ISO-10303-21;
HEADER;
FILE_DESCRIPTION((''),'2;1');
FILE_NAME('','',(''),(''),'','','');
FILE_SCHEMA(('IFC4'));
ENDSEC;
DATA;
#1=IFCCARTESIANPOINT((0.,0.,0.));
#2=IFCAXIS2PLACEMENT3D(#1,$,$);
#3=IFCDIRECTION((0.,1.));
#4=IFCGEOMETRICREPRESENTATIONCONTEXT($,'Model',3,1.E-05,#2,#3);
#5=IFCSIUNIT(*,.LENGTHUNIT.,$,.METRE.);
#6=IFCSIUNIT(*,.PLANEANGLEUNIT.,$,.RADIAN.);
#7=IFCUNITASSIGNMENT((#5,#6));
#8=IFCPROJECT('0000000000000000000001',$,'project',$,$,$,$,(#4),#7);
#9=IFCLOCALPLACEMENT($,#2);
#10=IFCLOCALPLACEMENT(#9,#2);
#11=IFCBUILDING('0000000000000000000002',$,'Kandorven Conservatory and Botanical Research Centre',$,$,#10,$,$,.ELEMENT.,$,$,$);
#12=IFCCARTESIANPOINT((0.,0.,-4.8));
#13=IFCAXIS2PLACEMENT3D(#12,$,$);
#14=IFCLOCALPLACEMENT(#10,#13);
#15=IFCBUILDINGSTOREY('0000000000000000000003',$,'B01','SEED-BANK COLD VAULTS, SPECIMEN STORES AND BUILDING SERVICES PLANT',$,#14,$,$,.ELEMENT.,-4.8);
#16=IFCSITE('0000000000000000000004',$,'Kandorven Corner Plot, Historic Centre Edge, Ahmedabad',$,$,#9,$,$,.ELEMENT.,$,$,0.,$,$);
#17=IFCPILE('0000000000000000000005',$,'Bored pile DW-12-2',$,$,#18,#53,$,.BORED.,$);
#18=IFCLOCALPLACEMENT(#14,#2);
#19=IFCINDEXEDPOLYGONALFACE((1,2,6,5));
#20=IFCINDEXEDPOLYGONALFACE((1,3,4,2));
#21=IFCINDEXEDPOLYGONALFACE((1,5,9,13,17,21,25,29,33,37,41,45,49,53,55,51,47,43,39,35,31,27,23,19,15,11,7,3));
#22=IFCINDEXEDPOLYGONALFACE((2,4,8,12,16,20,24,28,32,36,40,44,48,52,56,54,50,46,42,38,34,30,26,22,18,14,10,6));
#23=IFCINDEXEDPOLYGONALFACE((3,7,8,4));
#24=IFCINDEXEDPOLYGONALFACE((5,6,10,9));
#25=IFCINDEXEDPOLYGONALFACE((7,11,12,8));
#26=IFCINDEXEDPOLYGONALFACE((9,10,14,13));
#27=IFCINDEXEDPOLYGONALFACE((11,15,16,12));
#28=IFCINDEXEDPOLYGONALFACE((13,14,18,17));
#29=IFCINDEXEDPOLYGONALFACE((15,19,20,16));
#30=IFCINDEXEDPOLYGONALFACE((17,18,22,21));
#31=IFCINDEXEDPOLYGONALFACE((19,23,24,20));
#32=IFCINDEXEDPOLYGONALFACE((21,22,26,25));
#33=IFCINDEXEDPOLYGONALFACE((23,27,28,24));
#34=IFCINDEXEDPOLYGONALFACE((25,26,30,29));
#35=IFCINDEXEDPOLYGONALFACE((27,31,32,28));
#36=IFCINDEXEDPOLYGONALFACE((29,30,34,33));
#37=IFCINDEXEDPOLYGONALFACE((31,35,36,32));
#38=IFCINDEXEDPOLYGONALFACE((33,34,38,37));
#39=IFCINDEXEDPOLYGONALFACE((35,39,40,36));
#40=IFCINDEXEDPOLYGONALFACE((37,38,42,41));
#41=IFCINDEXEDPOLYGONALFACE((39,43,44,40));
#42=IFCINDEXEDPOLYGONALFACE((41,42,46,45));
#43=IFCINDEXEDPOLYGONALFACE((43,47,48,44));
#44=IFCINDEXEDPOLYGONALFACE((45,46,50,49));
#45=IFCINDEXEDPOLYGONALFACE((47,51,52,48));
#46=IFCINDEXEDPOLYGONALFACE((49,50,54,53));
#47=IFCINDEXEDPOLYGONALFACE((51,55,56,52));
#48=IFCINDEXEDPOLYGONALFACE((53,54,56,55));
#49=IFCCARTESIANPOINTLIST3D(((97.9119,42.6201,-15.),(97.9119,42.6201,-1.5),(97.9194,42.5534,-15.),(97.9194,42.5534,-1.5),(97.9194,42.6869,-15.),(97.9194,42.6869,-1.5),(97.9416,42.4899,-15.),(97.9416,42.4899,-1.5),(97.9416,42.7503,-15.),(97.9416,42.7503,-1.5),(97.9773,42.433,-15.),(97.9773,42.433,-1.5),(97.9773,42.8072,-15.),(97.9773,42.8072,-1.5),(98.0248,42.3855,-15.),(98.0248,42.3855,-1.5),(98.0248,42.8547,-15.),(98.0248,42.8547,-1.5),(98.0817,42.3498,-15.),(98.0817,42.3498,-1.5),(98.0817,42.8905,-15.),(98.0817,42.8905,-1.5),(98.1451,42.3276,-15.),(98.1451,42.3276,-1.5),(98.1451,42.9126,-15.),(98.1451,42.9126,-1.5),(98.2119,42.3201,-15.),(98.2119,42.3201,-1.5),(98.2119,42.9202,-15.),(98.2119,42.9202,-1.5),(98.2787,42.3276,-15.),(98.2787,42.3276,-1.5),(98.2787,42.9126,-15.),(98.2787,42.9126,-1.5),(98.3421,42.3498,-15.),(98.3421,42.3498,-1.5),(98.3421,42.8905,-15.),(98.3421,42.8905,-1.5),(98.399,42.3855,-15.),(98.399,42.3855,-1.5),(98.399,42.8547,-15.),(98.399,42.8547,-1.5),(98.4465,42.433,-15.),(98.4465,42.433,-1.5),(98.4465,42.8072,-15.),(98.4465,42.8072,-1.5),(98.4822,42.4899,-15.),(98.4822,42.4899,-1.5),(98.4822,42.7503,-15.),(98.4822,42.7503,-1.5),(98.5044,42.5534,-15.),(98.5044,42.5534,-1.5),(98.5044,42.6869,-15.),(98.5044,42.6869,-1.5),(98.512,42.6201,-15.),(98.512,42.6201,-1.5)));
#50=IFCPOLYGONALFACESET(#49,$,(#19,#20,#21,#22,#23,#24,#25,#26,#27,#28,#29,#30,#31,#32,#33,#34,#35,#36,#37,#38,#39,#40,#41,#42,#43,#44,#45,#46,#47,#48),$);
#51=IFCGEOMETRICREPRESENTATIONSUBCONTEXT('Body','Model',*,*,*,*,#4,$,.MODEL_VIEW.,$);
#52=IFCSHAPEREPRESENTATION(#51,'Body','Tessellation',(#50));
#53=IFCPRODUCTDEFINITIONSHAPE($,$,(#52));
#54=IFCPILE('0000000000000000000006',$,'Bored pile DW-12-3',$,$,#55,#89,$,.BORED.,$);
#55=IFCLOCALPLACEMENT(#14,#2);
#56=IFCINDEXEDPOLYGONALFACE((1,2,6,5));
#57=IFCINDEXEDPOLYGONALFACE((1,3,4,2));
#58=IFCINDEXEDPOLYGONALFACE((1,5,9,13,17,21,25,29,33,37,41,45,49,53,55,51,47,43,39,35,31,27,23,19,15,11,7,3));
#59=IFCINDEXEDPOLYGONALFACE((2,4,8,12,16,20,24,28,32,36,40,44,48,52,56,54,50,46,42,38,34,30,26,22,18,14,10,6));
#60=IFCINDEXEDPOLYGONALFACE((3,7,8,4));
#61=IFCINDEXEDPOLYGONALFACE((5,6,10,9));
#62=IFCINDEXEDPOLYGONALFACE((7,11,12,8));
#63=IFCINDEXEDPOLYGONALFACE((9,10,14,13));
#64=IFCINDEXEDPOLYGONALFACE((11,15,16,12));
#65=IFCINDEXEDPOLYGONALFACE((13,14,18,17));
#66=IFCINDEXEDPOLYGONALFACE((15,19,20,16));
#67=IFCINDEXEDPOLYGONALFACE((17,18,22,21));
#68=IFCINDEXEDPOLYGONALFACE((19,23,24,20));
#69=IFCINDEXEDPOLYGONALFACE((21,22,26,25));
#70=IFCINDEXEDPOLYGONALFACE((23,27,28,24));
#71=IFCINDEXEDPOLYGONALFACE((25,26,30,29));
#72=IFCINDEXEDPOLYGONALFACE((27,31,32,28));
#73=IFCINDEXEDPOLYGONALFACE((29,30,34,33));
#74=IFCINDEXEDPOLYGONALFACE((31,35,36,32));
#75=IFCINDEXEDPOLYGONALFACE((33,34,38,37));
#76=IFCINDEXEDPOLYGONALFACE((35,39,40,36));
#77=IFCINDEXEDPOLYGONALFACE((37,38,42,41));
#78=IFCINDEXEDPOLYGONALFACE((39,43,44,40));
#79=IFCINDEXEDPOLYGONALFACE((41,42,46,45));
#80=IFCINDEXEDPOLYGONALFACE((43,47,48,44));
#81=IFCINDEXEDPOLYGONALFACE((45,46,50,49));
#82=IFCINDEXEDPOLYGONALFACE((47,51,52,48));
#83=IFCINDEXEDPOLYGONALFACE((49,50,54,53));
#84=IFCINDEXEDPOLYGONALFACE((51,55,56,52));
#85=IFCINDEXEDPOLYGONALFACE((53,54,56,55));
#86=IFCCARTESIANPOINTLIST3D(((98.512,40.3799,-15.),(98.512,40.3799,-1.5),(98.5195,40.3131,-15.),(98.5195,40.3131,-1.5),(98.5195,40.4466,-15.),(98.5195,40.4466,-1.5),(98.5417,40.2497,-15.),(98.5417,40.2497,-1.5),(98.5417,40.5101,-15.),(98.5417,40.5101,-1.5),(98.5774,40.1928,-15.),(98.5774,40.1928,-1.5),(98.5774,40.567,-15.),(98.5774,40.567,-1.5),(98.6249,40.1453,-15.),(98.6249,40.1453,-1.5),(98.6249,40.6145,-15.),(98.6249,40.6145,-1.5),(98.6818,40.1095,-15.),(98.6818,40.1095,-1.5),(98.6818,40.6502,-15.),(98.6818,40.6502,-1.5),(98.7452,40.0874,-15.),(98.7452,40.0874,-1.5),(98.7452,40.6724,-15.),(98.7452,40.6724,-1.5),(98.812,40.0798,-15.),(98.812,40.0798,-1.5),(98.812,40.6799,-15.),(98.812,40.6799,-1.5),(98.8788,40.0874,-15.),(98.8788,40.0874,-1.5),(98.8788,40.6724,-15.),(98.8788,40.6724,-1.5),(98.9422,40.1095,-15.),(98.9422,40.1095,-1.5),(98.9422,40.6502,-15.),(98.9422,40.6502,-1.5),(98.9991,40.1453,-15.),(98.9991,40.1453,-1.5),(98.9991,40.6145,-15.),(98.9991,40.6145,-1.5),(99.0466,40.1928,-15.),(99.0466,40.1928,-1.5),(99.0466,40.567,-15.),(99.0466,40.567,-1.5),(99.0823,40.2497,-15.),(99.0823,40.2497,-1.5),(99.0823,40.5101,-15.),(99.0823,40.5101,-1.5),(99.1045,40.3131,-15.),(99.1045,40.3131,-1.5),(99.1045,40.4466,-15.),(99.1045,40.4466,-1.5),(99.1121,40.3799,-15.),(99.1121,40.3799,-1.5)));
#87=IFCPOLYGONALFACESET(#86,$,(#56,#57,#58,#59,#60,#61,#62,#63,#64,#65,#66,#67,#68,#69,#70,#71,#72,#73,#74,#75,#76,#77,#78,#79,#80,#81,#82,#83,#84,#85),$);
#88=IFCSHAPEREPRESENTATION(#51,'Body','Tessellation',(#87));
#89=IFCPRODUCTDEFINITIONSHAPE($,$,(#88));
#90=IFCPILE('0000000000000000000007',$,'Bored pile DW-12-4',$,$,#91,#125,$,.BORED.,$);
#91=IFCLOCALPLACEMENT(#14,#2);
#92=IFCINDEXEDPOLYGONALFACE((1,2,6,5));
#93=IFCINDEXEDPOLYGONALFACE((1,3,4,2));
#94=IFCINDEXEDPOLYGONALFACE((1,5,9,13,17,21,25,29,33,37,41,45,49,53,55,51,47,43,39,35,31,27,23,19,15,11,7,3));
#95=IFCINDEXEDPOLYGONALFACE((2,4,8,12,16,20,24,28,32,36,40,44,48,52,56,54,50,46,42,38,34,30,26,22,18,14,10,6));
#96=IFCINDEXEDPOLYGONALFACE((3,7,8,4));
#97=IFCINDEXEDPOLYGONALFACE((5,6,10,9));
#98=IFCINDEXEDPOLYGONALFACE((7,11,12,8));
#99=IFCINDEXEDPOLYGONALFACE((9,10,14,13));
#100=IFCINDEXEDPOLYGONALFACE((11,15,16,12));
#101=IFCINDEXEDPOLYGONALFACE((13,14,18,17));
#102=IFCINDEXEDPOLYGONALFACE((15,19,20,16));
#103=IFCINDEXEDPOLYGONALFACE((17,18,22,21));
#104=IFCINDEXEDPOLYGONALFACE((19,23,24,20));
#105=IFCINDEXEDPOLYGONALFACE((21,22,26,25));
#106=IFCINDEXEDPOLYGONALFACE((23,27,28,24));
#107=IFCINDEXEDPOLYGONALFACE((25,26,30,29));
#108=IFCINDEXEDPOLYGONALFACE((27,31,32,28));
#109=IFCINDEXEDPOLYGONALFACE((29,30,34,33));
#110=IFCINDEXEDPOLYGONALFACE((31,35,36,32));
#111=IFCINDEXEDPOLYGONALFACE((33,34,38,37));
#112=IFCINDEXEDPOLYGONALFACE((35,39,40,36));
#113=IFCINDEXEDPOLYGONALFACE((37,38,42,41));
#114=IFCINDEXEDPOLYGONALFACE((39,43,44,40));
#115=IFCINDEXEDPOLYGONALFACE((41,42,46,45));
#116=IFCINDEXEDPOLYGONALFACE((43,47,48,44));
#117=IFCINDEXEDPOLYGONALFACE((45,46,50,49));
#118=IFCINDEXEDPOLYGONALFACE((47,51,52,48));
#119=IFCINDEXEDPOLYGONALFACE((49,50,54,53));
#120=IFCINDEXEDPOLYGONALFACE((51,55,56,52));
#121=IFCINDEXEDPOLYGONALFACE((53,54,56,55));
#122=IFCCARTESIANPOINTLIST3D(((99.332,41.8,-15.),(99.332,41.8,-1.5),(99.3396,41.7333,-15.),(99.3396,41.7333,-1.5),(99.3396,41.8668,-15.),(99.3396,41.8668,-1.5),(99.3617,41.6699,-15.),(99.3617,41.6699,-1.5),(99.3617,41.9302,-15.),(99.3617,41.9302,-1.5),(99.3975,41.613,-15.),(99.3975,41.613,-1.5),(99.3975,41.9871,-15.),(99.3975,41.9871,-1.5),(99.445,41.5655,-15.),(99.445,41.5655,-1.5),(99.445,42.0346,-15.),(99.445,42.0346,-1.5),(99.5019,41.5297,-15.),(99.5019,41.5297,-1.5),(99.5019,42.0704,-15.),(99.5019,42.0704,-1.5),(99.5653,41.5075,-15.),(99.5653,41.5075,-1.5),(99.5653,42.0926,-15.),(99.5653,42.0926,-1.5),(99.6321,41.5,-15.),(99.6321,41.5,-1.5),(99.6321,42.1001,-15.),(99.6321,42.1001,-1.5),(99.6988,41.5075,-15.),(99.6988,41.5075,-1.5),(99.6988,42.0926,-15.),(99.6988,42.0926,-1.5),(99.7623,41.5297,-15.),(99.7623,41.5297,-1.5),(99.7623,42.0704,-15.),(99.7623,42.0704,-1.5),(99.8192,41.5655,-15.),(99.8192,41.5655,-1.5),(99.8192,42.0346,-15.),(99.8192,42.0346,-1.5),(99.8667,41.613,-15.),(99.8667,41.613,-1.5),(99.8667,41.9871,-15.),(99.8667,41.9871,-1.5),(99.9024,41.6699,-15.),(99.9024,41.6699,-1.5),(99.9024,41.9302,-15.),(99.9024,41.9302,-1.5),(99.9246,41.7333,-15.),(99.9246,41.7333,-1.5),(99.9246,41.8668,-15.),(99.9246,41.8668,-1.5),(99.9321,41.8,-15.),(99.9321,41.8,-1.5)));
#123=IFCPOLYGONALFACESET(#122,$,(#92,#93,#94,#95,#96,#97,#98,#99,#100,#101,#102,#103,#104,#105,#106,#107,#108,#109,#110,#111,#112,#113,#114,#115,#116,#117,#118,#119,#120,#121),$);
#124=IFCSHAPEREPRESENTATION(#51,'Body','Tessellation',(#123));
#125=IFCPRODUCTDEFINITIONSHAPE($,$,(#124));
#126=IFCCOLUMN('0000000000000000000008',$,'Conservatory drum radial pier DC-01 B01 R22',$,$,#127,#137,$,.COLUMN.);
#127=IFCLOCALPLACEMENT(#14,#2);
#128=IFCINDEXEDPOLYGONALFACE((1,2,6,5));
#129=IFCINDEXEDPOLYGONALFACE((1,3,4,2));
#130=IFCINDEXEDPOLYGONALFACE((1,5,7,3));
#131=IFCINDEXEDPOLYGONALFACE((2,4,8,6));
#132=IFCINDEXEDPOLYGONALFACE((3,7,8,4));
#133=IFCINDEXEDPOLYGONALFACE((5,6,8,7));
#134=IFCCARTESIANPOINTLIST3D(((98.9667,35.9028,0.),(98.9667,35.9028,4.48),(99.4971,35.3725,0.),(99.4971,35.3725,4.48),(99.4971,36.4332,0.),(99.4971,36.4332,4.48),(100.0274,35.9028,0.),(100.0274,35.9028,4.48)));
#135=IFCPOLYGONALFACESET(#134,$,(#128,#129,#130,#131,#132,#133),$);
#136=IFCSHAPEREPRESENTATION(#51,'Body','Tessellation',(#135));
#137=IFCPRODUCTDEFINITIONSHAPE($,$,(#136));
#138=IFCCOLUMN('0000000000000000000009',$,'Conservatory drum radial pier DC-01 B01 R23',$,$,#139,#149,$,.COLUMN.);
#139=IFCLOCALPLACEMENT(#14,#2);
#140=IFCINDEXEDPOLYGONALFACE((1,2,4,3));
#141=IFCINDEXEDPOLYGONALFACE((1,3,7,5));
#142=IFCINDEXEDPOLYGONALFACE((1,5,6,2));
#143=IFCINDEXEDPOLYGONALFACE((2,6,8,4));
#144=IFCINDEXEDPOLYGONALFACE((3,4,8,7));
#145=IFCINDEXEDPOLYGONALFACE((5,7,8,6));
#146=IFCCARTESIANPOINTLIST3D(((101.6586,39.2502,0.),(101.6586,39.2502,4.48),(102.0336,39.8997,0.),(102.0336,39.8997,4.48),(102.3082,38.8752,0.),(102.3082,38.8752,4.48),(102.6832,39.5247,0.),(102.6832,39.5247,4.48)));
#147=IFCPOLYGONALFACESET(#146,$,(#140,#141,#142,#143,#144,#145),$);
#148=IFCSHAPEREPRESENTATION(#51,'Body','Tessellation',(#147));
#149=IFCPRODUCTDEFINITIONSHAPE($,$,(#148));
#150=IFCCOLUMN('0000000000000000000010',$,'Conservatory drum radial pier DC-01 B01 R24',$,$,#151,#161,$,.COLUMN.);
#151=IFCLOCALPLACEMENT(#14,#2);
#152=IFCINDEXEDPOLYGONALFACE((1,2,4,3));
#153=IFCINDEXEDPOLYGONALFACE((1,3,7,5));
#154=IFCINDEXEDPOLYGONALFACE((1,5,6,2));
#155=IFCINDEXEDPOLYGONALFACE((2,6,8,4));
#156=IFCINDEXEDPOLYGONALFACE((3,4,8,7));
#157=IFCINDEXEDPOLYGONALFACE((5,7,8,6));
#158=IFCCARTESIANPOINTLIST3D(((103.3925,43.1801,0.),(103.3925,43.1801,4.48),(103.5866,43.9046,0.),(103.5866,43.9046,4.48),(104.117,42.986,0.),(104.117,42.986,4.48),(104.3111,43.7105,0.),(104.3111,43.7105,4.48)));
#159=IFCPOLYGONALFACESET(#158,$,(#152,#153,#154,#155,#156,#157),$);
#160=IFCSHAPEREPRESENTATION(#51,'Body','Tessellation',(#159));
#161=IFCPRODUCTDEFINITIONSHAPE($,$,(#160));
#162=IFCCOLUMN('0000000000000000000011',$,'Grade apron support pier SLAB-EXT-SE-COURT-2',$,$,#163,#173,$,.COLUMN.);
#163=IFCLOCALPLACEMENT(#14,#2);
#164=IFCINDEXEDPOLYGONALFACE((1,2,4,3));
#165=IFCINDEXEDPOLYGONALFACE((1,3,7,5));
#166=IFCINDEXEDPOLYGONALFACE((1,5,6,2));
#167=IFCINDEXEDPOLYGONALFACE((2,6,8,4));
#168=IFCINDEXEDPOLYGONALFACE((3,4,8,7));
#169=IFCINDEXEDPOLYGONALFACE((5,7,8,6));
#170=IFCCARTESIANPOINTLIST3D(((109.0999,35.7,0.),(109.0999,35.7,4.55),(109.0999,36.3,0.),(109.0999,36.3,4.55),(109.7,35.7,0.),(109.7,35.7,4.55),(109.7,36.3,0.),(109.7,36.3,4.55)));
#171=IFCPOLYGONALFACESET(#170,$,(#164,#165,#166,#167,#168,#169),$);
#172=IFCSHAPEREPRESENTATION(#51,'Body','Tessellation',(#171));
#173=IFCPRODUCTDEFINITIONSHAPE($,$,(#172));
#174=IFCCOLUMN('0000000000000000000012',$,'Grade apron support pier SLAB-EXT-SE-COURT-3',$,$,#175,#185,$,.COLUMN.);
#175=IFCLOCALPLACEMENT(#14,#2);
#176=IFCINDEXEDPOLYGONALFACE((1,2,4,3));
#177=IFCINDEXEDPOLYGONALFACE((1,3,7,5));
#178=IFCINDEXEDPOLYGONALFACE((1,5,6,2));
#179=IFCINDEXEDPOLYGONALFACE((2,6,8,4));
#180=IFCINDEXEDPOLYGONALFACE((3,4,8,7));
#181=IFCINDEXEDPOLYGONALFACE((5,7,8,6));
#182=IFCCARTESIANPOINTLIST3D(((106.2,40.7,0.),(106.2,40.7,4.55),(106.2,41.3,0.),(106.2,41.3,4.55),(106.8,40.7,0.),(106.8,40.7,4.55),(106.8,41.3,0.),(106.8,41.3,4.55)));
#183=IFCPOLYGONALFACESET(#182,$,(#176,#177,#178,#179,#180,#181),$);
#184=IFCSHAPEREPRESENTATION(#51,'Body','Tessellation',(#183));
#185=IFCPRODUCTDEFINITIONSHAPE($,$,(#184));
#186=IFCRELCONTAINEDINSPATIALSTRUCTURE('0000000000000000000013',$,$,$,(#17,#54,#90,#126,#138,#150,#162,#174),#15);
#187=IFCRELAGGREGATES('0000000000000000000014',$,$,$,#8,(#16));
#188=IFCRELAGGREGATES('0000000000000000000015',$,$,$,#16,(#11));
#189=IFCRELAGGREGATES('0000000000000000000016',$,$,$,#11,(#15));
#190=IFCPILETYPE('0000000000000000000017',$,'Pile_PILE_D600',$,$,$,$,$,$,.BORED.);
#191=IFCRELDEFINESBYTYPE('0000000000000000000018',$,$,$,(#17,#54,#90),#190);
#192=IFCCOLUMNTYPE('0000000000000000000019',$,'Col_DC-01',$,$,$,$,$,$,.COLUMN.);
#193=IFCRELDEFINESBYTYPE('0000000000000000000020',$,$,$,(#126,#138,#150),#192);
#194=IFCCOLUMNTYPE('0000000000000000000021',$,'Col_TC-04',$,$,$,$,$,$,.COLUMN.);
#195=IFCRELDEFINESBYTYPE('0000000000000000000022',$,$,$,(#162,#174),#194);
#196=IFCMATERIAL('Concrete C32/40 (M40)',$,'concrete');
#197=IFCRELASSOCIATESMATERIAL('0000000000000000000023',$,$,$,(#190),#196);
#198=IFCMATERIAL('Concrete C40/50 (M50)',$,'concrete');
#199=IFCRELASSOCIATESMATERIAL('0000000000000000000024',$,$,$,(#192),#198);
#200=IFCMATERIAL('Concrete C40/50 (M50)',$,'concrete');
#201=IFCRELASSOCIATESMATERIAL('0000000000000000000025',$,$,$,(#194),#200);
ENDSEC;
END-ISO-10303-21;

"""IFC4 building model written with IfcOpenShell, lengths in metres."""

from ifc_helpers import new_model, si_unit, direction, frame, origin, origin_2d, place, context, subcontext, project, spatial, rectangle, circle, extrude, material, material_profile, profile_set, type_object, element, save


model = new_model("IFC4")

# Units and contexts
model_context = context("Model", 3, precision=1e-05, world=origin(), true_north=direction((0.0, 1.0)))
body_context = subcontext(model_context, "Body", "Model", "MODEL_VIEW")
ifc_project = project(units=[si_unit("LENGTHUNIT", "METRE"), si_unit("PLANEANGLEUNIT", "RADIAN")], contexts=[model_context])

# Site, building, storey
site_placement = place(None, origin())
site = spatial("IfcSite", under=ifc_project, at=site_placement, Name="Kandorven Corner Plot, Historic Centre Edge, Ahmedabad", CompositionType="ELEMENT", RefElevation=0.0)
building_placement = place(site_placement, origin())
building = spatial("IfcBuilding", under=site, at=building_placement, Name="Kandorven Conservatory and Botanical Research Centre", CompositionType="ELEMENT")
storey_placement = place(building_placement, frame((0.0, 0.0, -4.8)))
storey = spatial("IfcBuildingStorey", under=building, at=storey_placement, Name="B01", Description="SEED-BANK COLD VAULTS, SPECIMEN STORES AND BUILDING SERVICES PLANT", CompositionType="ELEMENT", Elevation=-4.8)

# Piles
ifc_material_1 = material(Name="Concrete C32/40 (M40)", Category="concrete")
ifc_material_profile_1 = material_profile(ifc_material_1, circle(Radius=0.3, at=origin_2d()))
ifc_profile_set_1 = profile_set([ifc_material_profile_1], Name="Concrete C32/40 (M40)")
pile_type = type_object("IfcPileType", Name="Pile_PILE_D600", PredefinedType="BORED", material=ifc_profile_set_1)
for number, where, z_axis, x_axis, name in (
    (1, (98.2119, 42.6201, -1.5), (0.0, 0.0, -1.0), (1.0, 0.0, 0.0), "Bored pile DW-12-2"),
    (2, (98.812, 40.3799, -1.5), (0.0, 0.0, -1.0), (1.0, 0.0, 0.0), "Bored pile DW-12-3"),
    (3, (99.6321, 41.8, -1.5), (0.0, 0.0, -1.0), (1.0, 0.0, 0.0), "Bored pile DW-12-4"),
):
    element("IfcPile", number, at=place(storey_placement, frame(where, z_axis=z_axis, x_axis=x_axis)), inside=storey, type_object=pile_type, Name=name, PredefinedType="BORED", context=body_context, shape_type="SweptSolid", body=[
        extrude(circle(Radius=0.3, at=origin_2d()), origin(), (0.0, 0.0, 1.0), 13.5),
    ])

# Columns
ifc_material_2 = material(Name="Concrete C40/50 (M50)", Category="concrete")
ifc_material_profile_2 = material_profile(ifc_material_2, rectangle(XDim=0.75, YDim=0.75, at=origin_2d()))
ifc_profile_set_2 = profile_set([ifc_material_profile_2], Name="Concrete C40/50 (M50)")
column_type_1 = type_object("IfcColumnType", Name="Col_DC-01", PredefinedType="COLUMN", material=ifc_profile_set_2)
for number, where, z_axis, x_axis, name in (
    (4, (99.4971, 35.9028, 0.0), (0.0, 0.0, 1.0), (0.707107, -0.707107, 0.0), "Conservatory drum radial pier DC-01 B01 R22"),
    (5, (102.1709, 39.3875, 0.0), (0.0, 0.0, 1.0), (0.866025, -0.5, 0.0), "Conservatory drum radial pier DC-01 B01 R23"),
    (6, (103.8518, 43.4453, 0.0), (0.0, 0.0, 1.0), (0.965926, -0.258819, 0.0), "Conservatory drum radial pier DC-01 B01 R24"),
):
    element("IfcColumn", number, at=place(storey_placement, frame(where, z_axis=z_axis, x_axis=x_axis)), inside=storey, type_object=column_type_1, Name=name, PredefinedType="COLUMN", context=body_context, shape_type="SweptSolid", body=[
        extrude(rectangle(XDim=0.75, YDim=0.75, at=origin_2d()), origin(), (0.0, 0.0, 1.0), 4.48),
    ])
ifc_material_3 = material(Name="Concrete C40/50 (M50)", Category="concrete")
ifc_material_profile_3 = material_profile(ifc_material_3, rectangle(XDim=0.6001, YDim=0.6001, at=origin_2d()))
ifc_profile_set_3 = profile_set([ifc_material_profile_3], Name="Concrete C40/50 (M50)")
column_type_2 = type_object("IfcColumnType", Name="Col_TC-04", PredefinedType="COLUMN", material=ifc_profile_set_3)
for number, where, z_axis, x_axis, name in (
    (7, (109.3999, 36.0, 0.0), (0.0, 0.0, 1.0), (1.0, 0.0, 0.0), "Grade apron support pier SLAB-EXT-SE-COURT-2"),
    (8, (106.5, 41.0, 0.0), (0.0, 0.0, 1.0), (1.0, 0.0, 0.0), "Grade apron support pier SLAB-EXT-SE-COURT-3"),
):
    element("IfcColumn", number, at=place(storey_placement, frame(where, z_axis=z_axis, x_axis=x_axis)), inside=storey, type_object=column_type_2, Name=name, PredefinedType="COLUMN", context=body_context, shape_type="SweptSolid", body=[
        extrude(rectangle(XDim=0.6001, YDim=0.6001, at=origin_2d()), origin(), (0.0, 0.0, 1.0), 4.55),
    ])

save(model, "model.ifc")
